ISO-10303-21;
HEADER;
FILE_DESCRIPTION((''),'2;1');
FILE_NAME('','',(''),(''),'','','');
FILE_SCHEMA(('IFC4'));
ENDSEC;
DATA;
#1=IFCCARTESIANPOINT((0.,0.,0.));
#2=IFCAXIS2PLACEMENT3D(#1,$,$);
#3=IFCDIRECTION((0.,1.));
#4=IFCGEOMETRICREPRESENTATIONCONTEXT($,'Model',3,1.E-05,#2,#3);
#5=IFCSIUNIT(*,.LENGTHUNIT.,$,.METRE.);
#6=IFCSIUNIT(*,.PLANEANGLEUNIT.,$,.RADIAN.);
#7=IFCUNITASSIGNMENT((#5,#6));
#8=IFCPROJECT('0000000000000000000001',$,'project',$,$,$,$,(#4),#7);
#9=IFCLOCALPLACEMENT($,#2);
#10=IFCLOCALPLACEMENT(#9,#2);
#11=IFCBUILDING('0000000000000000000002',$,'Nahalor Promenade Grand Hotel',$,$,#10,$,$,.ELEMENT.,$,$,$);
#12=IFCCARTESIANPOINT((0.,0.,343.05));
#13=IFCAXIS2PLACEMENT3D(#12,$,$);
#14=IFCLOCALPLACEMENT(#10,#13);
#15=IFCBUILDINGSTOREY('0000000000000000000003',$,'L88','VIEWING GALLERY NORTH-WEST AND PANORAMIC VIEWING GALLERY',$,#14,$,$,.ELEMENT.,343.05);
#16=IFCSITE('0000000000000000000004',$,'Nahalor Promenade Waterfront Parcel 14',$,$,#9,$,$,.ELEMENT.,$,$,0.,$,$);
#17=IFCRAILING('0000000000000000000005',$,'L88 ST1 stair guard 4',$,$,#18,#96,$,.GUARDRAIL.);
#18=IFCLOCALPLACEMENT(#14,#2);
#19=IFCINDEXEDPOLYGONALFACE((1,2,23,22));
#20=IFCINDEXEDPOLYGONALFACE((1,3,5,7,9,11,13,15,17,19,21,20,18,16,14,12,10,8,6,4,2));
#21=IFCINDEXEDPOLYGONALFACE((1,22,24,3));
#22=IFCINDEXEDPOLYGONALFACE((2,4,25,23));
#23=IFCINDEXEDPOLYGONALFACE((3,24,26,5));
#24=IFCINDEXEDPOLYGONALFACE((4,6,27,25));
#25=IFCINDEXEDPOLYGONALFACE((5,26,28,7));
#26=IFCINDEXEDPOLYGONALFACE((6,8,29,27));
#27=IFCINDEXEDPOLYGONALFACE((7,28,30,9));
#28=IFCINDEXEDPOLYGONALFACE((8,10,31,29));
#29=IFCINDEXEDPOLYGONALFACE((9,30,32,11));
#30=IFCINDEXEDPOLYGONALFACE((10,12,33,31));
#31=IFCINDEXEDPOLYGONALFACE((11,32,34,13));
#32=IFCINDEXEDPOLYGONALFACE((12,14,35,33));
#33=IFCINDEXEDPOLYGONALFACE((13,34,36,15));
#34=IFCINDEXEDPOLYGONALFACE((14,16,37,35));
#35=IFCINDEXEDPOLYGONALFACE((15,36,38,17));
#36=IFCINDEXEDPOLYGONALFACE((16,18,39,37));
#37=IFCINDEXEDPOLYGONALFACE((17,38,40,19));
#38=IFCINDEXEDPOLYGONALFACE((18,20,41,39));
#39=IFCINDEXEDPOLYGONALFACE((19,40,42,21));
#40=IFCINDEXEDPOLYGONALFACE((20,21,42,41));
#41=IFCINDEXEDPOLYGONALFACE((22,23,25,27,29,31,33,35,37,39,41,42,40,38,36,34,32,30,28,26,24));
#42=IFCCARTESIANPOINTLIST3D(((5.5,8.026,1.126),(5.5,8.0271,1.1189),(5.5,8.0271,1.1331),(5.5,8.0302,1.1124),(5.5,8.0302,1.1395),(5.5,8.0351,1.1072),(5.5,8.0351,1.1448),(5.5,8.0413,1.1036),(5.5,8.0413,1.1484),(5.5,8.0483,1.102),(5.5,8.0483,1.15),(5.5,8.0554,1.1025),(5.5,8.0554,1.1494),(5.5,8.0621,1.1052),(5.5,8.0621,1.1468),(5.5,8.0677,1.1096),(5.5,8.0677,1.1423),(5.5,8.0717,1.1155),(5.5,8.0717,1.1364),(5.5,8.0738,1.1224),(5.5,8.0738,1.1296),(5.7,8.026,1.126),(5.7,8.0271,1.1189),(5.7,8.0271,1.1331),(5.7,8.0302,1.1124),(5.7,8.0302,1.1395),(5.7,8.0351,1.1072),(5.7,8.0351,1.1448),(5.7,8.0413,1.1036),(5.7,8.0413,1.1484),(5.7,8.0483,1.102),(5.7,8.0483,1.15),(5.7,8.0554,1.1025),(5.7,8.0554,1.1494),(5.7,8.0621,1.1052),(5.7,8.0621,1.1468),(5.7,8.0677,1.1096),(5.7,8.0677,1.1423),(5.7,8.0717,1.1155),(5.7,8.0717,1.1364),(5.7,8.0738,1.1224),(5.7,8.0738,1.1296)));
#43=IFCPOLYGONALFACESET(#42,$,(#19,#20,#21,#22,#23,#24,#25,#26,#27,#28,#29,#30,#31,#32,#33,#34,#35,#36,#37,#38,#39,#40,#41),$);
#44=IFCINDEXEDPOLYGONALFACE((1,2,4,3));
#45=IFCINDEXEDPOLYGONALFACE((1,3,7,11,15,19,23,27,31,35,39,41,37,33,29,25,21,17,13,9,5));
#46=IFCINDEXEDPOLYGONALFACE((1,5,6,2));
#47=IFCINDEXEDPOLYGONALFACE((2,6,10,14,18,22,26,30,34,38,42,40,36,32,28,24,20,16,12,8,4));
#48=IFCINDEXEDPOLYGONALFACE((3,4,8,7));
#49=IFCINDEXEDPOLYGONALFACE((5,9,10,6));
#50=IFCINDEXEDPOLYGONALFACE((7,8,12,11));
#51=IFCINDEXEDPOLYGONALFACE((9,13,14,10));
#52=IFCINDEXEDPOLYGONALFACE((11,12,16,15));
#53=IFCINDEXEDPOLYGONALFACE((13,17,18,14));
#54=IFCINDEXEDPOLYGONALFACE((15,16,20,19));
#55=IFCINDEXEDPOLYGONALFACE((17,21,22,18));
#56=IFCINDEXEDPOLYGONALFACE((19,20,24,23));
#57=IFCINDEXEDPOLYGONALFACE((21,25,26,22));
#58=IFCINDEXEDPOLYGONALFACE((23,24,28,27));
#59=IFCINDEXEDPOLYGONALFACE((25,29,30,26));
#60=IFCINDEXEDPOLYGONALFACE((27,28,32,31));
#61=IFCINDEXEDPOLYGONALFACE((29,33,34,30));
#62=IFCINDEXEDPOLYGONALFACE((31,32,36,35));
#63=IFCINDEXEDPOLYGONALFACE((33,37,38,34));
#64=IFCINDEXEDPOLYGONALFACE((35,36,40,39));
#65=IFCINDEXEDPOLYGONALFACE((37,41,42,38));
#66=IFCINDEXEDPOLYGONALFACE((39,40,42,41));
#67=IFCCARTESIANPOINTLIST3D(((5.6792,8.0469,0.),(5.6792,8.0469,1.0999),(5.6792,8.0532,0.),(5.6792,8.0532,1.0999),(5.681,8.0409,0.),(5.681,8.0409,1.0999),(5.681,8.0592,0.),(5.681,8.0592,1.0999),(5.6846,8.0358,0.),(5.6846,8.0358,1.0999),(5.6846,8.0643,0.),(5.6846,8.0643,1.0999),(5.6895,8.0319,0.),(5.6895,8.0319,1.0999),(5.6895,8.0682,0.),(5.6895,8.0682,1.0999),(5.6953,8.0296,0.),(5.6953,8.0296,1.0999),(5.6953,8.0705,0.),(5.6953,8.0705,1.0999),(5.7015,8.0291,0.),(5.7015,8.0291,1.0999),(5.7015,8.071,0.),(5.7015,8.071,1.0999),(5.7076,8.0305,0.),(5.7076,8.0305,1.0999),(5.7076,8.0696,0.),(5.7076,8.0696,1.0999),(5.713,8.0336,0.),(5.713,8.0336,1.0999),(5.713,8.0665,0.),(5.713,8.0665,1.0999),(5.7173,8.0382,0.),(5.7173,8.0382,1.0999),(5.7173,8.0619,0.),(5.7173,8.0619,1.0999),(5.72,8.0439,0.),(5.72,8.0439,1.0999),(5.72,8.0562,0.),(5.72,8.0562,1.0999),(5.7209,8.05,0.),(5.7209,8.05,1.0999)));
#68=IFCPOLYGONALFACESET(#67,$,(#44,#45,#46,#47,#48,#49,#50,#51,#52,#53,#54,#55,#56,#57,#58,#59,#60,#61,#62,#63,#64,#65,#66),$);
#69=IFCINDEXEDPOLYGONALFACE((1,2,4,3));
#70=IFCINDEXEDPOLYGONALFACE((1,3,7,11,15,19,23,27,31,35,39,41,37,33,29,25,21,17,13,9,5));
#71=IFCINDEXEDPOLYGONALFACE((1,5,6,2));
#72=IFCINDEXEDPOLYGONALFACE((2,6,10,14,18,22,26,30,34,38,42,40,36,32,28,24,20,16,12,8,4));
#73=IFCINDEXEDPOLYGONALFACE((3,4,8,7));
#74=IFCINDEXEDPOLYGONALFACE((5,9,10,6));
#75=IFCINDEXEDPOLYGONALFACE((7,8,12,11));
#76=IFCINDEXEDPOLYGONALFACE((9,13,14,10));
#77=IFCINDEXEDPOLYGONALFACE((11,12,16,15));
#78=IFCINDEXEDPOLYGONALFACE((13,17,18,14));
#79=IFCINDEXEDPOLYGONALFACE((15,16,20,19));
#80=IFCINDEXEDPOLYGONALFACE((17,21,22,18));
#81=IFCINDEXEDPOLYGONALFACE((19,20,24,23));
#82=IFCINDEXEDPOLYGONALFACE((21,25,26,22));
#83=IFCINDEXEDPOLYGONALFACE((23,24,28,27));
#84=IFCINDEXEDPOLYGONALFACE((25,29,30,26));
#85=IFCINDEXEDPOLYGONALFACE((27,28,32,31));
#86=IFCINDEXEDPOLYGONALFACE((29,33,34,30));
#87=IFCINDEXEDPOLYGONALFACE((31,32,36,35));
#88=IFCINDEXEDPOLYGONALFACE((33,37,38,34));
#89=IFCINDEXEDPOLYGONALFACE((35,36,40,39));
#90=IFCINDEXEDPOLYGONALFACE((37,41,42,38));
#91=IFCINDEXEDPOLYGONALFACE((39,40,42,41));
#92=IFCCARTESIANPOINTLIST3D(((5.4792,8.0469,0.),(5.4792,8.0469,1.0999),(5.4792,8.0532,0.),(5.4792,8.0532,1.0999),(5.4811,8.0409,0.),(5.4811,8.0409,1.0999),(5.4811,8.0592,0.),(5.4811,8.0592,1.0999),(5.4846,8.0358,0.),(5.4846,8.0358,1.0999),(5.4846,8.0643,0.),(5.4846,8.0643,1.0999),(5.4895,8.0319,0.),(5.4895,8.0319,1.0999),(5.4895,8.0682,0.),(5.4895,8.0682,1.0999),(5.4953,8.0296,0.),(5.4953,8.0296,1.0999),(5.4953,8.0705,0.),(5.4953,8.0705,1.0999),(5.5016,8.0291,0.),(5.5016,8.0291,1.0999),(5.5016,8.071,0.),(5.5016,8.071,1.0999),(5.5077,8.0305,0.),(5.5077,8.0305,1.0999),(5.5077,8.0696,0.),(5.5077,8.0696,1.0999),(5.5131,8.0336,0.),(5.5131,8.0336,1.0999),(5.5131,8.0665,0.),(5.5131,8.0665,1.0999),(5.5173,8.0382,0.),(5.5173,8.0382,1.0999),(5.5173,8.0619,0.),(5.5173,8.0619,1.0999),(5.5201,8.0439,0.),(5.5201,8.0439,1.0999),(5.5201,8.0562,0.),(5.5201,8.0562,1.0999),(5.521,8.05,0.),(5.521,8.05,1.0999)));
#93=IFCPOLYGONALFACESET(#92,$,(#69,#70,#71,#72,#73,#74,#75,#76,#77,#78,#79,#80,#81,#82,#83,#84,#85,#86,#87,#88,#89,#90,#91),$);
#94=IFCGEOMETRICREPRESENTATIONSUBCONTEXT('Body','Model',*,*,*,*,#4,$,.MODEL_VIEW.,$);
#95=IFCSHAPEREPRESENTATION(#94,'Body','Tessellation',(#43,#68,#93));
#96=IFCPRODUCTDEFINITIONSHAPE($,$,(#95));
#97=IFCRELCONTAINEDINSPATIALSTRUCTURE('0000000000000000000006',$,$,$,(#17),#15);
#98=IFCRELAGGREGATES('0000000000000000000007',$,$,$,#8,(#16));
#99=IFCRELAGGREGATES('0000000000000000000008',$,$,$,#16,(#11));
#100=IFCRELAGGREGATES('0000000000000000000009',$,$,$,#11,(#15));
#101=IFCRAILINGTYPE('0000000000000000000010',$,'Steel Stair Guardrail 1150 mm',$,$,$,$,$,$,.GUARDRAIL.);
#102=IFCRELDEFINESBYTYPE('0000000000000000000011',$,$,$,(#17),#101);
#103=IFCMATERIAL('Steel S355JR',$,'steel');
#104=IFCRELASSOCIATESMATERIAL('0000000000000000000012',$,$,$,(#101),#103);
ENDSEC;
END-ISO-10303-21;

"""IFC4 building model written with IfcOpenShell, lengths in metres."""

from ifc_helpers import new_model, si_unit, direction, frame, origin, origin_2d, place, context, subcontext, project, spatial, circle, extrude, material, type_object, element, save


model = new_model("IFC4")

# Units and contexts
model_context = context("Model", 3, precision=1e-05, world=origin(), true_north=direction((0.0, 1.0)))
body_context = subcontext(model_context, "Body", "Model", "MODEL_VIEW")
ifc_project = project(units=[si_unit("LENGTHUNIT", "METRE"), si_unit("PLANEANGLEUNIT", "RADIAN")], contexts=[model_context])

# Site, building, storey
site_placement = place(None, origin())
site = spatial("IfcSite", under=ifc_project, at=site_placement, Name="Nahalor Promenade Waterfront Parcel 14", CompositionType="ELEMENT", RefElevation=0.0)
building_placement = place(site_placement, origin())
building = spatial("IfcBuilding", under=site, at=building_placement, Name="Nahalor Promenade Grand Hotel", CompositionType="ELEMENT")
storey_placement = place(building_placement, frame((0.0, 0.0, 343.05)))
storey = spatial("IfcBuildingStorey", under=building, at=storey_placement, Name="L88", Description="VIEWING GALLERY NORTH-WEST AND PANORAMIC VIEWING GALLERY", CompositionType="ELEMENT", Elevation=343.05)

# Shared definitions
ifc_material_1 = material(Name="Steel S355JR", Category="steel")

# Railing
railing_type_1 = type_object("IfcRailingType", Name="Steel Stair Guardrail 1150 mm", PredefinedType="GUARDRAIL", material=ifc_material_1)
railing_1_placement = place(storey_placement, frame((5.7, 8.05, 0.0)))
element("IfcRailing", 1, at=railing_1_placement, inside=storey, type_object=railing_type_1, Name="L88 ST1 stair guard 4", PredefinedType="GUARDRAIL", context=body_context, shape_type="SweptSolid", body=[
    extrude(circle(Radius=0.024, at=origin_2d()), frame((0.0, 0.0, 1.126), z_axis=(-1.0, 0.0, 0.0), x_axis=(0.0, -1.0, 0.0)), (0.0, 0.0, 1.0), 0.2),
    extrude(circle(Radius=0.021, at=origin_2d()), origin(), (0.0, 0.0, 1.0), 1.0999),
    extrude(circle(Radius=0.021, at=origin_2d()), frame((-0.2, 0.0, 0.0)), (0.0, 0.0, 1.0), 1.0999),
])

save(model, "model.ifc")
